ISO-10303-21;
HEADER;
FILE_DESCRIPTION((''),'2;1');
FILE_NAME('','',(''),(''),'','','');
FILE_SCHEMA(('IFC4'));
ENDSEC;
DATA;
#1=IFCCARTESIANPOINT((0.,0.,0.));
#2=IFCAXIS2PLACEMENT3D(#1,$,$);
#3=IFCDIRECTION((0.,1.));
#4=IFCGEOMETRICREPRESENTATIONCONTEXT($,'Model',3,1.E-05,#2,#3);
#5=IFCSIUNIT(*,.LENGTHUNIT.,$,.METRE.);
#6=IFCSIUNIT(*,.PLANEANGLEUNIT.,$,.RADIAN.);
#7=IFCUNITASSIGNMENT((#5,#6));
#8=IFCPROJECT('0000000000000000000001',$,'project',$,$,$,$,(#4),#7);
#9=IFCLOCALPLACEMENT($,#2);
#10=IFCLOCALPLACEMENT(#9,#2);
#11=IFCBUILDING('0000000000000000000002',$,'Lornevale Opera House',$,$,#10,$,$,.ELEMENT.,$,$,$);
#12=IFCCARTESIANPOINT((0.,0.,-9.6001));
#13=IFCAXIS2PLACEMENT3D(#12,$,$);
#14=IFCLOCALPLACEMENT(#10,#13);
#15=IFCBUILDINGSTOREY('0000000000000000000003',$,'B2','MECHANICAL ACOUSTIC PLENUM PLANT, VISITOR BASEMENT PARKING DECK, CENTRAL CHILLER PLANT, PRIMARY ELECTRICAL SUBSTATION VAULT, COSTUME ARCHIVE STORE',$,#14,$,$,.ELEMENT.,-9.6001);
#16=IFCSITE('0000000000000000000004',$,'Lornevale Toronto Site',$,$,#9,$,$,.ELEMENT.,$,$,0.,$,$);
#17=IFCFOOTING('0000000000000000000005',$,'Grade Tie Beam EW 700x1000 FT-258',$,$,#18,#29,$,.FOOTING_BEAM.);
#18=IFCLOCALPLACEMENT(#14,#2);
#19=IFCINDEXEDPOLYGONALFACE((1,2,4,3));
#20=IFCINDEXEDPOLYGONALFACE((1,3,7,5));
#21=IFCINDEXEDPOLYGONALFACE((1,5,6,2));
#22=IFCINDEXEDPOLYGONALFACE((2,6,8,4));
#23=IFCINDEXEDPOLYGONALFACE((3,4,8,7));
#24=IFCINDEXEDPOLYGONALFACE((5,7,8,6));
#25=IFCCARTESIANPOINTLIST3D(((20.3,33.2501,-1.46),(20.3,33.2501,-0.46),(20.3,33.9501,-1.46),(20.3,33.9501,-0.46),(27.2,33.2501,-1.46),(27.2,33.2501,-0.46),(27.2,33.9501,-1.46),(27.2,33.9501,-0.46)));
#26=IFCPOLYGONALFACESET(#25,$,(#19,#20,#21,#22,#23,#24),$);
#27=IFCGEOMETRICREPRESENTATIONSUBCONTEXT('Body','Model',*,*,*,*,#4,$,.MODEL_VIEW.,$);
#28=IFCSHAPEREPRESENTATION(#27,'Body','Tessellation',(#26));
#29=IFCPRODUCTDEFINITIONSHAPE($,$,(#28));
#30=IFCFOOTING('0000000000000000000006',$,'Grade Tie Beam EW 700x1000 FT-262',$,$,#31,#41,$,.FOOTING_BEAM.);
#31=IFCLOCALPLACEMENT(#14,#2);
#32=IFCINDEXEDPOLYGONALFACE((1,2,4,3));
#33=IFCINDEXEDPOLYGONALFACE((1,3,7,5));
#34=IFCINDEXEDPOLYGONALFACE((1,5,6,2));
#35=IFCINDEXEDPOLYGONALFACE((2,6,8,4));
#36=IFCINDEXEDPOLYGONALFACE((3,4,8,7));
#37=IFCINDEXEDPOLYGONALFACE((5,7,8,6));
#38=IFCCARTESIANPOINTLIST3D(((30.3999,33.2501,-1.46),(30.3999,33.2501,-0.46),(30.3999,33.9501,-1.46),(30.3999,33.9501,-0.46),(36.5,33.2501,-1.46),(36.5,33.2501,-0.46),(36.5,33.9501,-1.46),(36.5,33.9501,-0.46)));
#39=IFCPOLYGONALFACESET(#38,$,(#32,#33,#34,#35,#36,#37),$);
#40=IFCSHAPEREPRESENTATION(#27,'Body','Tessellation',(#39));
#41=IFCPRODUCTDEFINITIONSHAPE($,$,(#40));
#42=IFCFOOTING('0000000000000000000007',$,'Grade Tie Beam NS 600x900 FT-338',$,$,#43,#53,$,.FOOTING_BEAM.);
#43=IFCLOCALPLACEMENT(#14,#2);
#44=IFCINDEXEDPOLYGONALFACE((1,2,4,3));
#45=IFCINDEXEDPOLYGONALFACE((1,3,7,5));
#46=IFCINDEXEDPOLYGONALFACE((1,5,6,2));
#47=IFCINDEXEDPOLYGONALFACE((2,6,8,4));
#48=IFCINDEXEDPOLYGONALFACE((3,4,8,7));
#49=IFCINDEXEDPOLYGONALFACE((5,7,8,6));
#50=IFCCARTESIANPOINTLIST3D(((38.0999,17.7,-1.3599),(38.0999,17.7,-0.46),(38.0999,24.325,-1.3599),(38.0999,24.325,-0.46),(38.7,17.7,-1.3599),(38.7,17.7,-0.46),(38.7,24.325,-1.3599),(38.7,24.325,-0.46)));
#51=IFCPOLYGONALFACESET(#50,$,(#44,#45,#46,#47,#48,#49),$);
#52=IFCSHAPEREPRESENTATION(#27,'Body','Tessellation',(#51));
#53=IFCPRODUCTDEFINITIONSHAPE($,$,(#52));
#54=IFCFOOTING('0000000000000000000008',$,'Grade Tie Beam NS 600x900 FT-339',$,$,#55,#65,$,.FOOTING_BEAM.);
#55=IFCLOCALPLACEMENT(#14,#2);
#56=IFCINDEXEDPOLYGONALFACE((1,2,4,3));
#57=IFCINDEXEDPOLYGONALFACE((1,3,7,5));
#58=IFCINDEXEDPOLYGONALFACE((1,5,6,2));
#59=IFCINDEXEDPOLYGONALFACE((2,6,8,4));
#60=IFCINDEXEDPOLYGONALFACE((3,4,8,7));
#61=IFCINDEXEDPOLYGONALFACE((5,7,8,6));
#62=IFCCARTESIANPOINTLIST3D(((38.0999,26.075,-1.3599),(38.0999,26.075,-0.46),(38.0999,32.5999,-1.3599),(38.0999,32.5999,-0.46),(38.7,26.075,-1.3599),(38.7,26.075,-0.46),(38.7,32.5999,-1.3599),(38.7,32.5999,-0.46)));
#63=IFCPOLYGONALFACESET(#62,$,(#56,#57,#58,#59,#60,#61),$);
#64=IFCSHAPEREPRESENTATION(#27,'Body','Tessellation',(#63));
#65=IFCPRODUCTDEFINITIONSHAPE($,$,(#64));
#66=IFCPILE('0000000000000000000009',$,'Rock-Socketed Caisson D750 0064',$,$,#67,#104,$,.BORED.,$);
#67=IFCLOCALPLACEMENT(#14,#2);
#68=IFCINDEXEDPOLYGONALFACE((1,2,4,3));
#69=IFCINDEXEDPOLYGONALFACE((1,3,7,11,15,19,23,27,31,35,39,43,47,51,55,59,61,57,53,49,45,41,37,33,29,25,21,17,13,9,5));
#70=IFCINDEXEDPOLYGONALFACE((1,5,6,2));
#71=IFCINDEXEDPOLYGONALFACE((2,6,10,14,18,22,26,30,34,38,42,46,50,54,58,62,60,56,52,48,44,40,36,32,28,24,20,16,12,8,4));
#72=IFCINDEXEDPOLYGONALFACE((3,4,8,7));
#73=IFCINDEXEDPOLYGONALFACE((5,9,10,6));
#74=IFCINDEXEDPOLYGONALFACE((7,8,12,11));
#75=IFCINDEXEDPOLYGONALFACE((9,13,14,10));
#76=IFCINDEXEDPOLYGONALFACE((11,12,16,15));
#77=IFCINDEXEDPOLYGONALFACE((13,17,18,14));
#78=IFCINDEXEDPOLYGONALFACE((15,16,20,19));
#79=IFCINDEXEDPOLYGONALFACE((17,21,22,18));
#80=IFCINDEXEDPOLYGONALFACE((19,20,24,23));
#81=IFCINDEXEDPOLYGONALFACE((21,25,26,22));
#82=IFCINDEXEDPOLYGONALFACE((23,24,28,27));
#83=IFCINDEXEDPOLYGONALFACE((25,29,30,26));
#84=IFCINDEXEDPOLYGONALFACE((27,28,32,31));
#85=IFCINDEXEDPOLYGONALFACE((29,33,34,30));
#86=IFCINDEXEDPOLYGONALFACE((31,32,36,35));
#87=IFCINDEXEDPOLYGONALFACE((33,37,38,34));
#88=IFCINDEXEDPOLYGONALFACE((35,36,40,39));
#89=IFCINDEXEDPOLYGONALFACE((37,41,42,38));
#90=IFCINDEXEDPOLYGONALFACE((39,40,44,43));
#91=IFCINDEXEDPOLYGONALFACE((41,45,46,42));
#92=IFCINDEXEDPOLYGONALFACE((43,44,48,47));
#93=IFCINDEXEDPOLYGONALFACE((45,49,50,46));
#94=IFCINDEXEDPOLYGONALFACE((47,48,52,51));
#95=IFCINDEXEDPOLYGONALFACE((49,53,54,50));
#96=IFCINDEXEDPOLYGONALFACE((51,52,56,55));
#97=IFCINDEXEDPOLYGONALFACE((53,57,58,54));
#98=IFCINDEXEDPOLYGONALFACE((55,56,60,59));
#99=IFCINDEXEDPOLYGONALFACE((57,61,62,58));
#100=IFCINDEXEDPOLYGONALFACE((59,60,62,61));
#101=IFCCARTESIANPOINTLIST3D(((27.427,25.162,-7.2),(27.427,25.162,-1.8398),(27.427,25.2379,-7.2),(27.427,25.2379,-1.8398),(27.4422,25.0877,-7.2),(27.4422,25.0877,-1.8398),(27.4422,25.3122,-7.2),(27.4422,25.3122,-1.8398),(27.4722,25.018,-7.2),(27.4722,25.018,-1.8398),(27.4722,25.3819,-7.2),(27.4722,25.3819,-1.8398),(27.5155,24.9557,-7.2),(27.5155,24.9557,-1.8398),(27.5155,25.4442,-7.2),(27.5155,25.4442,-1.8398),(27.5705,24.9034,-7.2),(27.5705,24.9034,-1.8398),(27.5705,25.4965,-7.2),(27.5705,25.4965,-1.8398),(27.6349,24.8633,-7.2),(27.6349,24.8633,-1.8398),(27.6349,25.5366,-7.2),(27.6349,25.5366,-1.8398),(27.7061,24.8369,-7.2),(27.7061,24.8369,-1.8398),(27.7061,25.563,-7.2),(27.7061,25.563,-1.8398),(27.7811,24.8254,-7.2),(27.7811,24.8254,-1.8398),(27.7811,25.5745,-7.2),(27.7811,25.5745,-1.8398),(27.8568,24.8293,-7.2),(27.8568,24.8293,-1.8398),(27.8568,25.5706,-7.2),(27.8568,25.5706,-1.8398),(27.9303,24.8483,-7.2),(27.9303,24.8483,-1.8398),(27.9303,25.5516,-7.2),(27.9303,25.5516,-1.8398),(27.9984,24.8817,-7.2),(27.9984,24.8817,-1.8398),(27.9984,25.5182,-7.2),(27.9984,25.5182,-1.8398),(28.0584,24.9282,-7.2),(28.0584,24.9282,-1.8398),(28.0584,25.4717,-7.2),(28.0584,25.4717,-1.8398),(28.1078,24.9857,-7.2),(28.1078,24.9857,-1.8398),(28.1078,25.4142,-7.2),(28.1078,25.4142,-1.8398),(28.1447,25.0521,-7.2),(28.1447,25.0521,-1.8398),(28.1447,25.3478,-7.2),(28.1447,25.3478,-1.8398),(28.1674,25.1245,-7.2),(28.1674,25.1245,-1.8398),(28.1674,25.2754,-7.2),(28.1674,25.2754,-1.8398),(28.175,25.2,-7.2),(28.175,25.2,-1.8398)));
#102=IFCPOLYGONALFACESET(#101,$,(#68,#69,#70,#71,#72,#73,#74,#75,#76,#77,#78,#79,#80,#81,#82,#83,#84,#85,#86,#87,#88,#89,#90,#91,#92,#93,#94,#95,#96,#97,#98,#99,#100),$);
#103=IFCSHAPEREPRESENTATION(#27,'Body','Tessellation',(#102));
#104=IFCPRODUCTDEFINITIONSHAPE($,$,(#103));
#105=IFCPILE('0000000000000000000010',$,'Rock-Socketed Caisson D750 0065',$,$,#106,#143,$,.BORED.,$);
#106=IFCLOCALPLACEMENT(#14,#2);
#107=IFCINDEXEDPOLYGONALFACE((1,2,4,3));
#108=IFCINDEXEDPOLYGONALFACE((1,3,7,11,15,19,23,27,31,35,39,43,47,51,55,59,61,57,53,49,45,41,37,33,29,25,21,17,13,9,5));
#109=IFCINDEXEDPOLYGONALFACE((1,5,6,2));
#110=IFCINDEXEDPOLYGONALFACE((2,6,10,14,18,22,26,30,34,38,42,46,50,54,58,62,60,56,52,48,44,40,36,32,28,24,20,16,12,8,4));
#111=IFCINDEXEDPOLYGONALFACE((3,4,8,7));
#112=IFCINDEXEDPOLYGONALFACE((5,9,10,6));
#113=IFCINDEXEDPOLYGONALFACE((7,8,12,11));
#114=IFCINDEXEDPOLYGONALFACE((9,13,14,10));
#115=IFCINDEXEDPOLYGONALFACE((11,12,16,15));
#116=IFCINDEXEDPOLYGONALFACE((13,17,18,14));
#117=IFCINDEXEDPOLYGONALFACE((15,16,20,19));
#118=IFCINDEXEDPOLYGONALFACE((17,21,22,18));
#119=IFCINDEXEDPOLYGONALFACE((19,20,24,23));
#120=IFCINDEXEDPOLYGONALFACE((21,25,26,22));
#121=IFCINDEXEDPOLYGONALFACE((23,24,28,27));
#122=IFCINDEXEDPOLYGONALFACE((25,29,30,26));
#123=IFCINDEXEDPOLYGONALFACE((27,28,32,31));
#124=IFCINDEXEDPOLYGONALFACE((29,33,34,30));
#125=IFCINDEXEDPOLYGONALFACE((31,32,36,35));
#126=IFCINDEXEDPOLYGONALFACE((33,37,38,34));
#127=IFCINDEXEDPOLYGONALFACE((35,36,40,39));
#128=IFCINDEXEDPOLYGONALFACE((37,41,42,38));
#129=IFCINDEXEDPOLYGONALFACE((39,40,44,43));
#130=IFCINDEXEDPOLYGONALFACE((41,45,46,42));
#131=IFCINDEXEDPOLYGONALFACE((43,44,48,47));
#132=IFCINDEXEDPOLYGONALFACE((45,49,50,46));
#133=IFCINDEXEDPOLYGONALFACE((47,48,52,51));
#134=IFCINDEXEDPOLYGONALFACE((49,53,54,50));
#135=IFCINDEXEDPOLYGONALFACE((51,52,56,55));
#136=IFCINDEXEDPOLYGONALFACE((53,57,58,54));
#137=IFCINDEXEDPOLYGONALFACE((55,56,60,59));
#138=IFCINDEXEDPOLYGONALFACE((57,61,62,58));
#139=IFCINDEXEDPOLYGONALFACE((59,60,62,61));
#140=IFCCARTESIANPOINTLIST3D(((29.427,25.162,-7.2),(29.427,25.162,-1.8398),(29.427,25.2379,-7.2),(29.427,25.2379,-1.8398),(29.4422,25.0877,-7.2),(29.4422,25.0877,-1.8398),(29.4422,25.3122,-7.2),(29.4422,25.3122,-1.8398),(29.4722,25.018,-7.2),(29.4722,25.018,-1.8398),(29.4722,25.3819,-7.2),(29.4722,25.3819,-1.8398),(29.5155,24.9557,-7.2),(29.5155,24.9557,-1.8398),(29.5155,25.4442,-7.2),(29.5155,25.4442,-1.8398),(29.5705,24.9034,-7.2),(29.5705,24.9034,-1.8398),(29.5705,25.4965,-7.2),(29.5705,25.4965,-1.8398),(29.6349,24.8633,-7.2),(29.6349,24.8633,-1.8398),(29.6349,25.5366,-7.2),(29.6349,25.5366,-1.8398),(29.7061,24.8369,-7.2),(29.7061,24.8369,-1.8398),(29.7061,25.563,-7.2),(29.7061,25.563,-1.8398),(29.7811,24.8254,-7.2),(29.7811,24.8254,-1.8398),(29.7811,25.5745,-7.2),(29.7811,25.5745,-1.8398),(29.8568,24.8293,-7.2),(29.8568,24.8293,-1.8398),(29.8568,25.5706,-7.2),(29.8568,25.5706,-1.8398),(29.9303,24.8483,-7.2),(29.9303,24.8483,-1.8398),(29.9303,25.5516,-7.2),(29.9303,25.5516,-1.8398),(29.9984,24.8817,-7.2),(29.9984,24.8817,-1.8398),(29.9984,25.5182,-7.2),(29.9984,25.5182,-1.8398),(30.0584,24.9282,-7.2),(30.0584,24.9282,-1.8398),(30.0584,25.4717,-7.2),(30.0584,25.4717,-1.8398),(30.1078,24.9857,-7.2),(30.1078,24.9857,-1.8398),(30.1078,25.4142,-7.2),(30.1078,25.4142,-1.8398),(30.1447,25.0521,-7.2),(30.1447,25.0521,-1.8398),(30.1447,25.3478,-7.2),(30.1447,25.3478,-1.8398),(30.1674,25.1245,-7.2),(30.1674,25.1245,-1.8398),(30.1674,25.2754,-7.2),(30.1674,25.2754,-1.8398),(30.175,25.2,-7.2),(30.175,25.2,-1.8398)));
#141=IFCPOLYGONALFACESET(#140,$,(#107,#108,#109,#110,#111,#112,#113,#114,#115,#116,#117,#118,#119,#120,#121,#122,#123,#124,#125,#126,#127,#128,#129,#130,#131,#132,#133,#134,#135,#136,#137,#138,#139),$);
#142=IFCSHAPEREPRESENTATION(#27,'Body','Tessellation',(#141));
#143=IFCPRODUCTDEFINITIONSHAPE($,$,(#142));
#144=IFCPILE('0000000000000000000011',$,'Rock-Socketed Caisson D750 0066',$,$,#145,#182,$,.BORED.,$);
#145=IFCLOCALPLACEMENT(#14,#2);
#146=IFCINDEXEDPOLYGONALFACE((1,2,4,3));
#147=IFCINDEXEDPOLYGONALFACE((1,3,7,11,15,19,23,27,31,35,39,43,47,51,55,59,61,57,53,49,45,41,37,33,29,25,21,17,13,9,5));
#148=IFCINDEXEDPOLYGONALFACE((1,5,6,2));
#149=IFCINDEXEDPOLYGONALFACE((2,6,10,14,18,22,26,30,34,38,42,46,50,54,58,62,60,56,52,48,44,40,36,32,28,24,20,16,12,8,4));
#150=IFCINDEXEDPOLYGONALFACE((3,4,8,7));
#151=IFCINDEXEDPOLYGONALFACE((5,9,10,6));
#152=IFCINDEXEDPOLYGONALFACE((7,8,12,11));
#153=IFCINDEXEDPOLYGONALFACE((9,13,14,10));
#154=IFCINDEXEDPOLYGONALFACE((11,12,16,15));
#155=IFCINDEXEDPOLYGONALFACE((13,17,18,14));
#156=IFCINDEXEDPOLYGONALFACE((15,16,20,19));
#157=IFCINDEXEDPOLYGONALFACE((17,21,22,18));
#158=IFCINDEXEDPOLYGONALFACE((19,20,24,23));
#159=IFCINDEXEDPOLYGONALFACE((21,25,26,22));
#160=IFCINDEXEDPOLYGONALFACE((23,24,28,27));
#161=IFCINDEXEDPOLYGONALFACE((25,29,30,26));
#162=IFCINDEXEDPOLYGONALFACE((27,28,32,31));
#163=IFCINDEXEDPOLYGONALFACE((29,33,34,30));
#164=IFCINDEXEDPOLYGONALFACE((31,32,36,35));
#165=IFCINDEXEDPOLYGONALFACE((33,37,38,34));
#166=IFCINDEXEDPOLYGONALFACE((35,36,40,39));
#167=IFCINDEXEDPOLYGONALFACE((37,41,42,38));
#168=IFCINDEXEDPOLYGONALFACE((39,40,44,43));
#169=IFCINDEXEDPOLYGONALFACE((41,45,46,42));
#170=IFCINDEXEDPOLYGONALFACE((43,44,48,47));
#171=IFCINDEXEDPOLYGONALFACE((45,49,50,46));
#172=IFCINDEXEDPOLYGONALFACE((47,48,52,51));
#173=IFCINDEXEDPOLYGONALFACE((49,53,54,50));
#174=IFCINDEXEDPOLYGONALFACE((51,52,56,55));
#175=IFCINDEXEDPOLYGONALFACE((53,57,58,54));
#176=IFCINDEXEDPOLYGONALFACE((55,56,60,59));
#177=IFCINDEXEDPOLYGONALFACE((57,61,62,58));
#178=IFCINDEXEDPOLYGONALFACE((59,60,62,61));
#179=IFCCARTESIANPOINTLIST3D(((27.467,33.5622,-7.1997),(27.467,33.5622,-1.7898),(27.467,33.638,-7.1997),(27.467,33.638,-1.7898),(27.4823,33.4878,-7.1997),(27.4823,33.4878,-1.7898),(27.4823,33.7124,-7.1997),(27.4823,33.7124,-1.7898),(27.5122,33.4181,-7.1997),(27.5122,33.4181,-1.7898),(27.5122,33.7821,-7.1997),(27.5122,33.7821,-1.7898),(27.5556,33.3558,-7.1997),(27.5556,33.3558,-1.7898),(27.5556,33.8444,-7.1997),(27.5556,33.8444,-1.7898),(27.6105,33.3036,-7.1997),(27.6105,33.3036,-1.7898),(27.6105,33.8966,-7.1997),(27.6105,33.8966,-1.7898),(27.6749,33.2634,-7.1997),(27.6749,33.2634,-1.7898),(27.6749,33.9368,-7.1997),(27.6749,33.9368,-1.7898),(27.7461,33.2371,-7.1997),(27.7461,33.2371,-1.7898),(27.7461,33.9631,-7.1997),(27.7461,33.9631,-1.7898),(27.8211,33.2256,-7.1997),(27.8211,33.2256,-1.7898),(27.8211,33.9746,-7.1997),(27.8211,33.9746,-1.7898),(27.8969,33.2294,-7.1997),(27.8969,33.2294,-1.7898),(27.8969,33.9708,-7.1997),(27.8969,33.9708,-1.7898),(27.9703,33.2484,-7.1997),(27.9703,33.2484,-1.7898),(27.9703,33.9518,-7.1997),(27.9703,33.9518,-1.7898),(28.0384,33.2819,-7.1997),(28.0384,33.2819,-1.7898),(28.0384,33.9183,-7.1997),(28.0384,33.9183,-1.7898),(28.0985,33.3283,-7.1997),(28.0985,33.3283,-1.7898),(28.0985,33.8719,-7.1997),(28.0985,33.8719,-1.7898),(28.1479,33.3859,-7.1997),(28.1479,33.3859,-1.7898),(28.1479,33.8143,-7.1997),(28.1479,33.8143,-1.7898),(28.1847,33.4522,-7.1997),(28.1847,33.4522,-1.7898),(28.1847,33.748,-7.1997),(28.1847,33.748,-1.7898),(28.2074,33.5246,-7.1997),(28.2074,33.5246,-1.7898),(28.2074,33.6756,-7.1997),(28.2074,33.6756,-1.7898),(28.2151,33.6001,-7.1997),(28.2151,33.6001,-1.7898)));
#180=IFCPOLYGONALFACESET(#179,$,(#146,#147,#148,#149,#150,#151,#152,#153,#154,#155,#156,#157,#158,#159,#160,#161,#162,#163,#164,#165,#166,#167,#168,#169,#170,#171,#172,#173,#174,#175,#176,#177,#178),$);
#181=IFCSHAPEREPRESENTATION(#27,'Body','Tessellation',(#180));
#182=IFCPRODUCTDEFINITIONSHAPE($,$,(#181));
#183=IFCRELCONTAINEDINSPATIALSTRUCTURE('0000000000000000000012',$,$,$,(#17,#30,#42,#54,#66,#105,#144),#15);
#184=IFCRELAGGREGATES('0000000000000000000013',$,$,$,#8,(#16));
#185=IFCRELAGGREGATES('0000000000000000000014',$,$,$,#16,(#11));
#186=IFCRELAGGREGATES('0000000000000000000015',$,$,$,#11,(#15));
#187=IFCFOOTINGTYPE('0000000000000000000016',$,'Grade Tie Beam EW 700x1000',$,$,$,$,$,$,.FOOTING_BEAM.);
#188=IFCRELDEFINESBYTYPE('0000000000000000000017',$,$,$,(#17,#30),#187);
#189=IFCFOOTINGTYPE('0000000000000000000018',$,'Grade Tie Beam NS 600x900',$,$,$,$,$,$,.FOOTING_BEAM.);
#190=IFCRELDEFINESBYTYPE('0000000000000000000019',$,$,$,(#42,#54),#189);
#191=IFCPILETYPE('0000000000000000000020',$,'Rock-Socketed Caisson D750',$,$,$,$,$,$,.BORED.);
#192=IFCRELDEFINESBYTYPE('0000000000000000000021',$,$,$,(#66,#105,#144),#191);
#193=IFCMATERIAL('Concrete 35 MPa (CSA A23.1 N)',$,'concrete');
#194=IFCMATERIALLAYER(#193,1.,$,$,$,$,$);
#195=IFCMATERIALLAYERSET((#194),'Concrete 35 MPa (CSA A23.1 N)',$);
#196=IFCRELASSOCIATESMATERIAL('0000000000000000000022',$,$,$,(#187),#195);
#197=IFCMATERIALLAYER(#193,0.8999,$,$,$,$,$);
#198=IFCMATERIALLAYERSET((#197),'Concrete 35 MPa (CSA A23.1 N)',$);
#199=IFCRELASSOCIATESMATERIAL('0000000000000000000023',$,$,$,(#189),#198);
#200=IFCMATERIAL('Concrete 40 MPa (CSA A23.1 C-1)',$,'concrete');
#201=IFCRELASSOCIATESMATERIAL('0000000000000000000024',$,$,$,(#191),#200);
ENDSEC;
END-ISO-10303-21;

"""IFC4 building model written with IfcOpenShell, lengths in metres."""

from ifc_helpers import new_model, si_unit, direction, frame, origin, origin_2d, place, context, subcontext, project, spatial, rectangle, circle, extrude, material, layer, layer_set, material_profile, profile_set, type_object, element, save


model = new_model("IFC4")

# Units and contexts
model_context = context("Model", 3, precision=1e-05, world=origin(), true_north=direction((0.0, 1.0)))
body_context = subcontext(model_context, "Body", "Model", "MODEL_VIEW")
ifc_project = project(units=[si_unit("LENGTHUNIT", "METRE"), si_unit("PLANEANGLEUNIT", "RADIAN")], contexts=[model_context])

# Site, building, storey
site_placement = place(None, origin())
site = spatial("IfcSite", under=ifc_project, at=site_placement, Name="Lornevale Toronto Site", CompositionType="ELEMENT", RefElevation=0.0)
building_placement = place(site_placement, origin())
building = spatial("IfcBuilding", under=site, at=building_placement, Name="Lornevale Opera House", CompositionType="ELEMENT")
storey_placement = place(building_placement, frame((0.0, 0.0, -9.6001)))
storey = spatial("IfcBuildingStorey", under=building, at=storey_placement, Name="B2", Description="MECHANICAL ACOUSTIC PLENUM PLANT, VISITOR BASEMENT PARKING DECK, CENTRAL CHILLER PLANT, PRIMARY ELECTRICAL SUBSTATION VAULT, COSTUME ARCHIVE STORE", CompositionType="ELEMENT", Elevation=-9.6001)

# Footings
ifc_material_1 = material(Name="Concrete 35 MPa (CSA A23.1 N)", Category="concrete")
ifc_layer_1 = layer(ifc_material_1, 1.0)
ifc_layer_set_1 = layer_set([ifc_layer_1], Name="Concrete 35 MPa (CSA A23.1 N)")
footing_type_1 = type_object("IfcFootingType", Name="Grade Tie Beam EW 700x1000", PredefinedType="FOOTING_BEAM", material=ifc_layer_set_1)
footing_1_placement = place(storey_placement, frame((23.75, 33.6001, -1.46), z_axis=(0.0, 0.0, 1.0), x_axis=(1.0, 0.0, 0.0)))
element("IfcFooting", 1, at=footing_1_placement, inside=storey, type_object=footing_type_1, Name="Grade Tie Beam EW 700x1000 FT-258", PredefinedType="FOOTING_BEAM", context=body_context, shape_type="SweptSolid", body=[
    extrude(rectangle(XDim=6.8999, YDim=0.7, at=origin_2d()), origin(), (0.0, 0.0, 1.0), 1.0),
])
footing_2_placement = place(storey_placement, frame((33.45, 33.6001, -1.46), z_axis=(0.0, 0.0, 1.0), x_axis=(1.0, 0.0, 0.0)))
element("IfcFooting", 2, at=footing_2_placement, inside=storey, type_object=footing_type_1, Name="Grade Tie Beam EW 700x1000 FT-262", PredefinedType="FOOTING_BEAM", context=body_context, shape_type="SweptSolid", body=[
    extrude(rectangle(XDim=6.1001, YDim=0.7, at=origin_2d()), origin(), (0.0, 0.0, 1.0), 1.0),
])
ifc_layer_2 = layer(ifc_material_1, 0.8999)
ifc_layer_set_2 = layer_set([ifc_layer_2], Name="Concrete 35 MPa (CSA A23.1 N)")
footing_type_2 = type_object("IfcFootingType", Name="Grade Tie Beam NS 600x900", PredefinedType="FOOTING_BEAM", material=ifc_layer_set_2)
footing_3_placement = place(storey_placement, frame((38.3999, 21.0125, -1.3599), z_axis=(0.0, 0.0, 1.0), x_axis=(1.0, 0.0, 0.0)))
element("IfcFooting", 3, at=footing_3_placement, inside=storey, type_object=footing_type_2, Name="Grade Tie Beam NS 600x900 FT-338", PredefinedType="FOOTING_BEAM", context=body_context, shape_type="SweptSolid", body=[
    extrude(rectangle(XDim=0.6001, YDim=6.625, at=origin_2d()), origin(), (0.0, 0.0, 1.0), 0.8999),
])
footing_4_placement = place(storey_placement, frame((38.3999, 29.3374, -1.3599), z_axis=(0.0, 0.0, 1.0), x_axis=(1.0, 0.0, 0.0)))
element("IfcFooting", 4, at=footing_4_placement, inside=storey, type_object=footing_type_2, Name="Grade Tie Beam NS 600x900 FT-339", PredefinedType="FOOTING_BEAM", context=body_context, shape_type="SweptSolid", body=[
    extrude(rectangle(XDim=0.6001, YDim=6.5249, at=origin_2d()), origin(), (0.0, 0.0, 1.0), 0.8999),
])

# Piles
ifc_material_2 = material(Name="Concrete 40 MPa (CSA A23.1 C-1)", Category="concrete")
ifc_material_profile_1 = material_profile(ifc_material_2, circle(Radius=0.375, at=origin_2d()), Name="CAIS750")
ifc_profile_set_1 = profile_set([ifc_material_profile_1], Name="Concrete 40 MPa (CSA A23.1 C-1)")
pile_type_1 = type_object("IfcPileType", Name="Rock-Socketed Caisson D750", PredefinedType="BORED", material=ifc_profile_set_1)
for number, where, z_axis, x_axis, name in (
    (5, (27.8, 25.2, -1.8398), (0.0, 0.0, -1.0), (1.0, 0.0, 0.0), "Rock-Socketed Caisson D750 0064"),
    (6, (29.8, 25.2, -1.8398), (0.0, 0.0, -1.0), (1.0, 0.0, 0.0), "Rock-Socketed Caisson D750 0065"),
):
    element("IfcPile", number, at=place(storey_placement, frame(where, z_axis=z_axis, x_axis=x_axis)), inside=storey, type_object=pile_type_1, Name=name, PredefinedType="BORED", context=body_context, shape_type="SweptSolid", body=[
        extrude(circle(Radius=0.375, at=origin_2d()), origin(), (0.0, 0.0, 1.0), 5.3601),
    ])
for number, where, z_axis, x_axis, name in (
    (7, (27.8401, 33.6001, -1.7898), (0.0, 0.0, -1.0), (1.0, 0.0, 0.0), "Rock-Socketed Caisson D750 0066"),
):
    element("IfcPile", number, at=place(storey_placement, frame(where, z_axis=z_axis, x_axis=x_axis)), inside=storey, type_object=pile_type_1, Name=name, PredefinedType="BORED", context=body_context, shape_type="SweptSolid", body=[
        extrude(circle(Radius=0.375, at=origin_2d()), origin(), (0.0, 0.0, 1.0), 5.4099),
    ])

save(model, "model.ifc")
